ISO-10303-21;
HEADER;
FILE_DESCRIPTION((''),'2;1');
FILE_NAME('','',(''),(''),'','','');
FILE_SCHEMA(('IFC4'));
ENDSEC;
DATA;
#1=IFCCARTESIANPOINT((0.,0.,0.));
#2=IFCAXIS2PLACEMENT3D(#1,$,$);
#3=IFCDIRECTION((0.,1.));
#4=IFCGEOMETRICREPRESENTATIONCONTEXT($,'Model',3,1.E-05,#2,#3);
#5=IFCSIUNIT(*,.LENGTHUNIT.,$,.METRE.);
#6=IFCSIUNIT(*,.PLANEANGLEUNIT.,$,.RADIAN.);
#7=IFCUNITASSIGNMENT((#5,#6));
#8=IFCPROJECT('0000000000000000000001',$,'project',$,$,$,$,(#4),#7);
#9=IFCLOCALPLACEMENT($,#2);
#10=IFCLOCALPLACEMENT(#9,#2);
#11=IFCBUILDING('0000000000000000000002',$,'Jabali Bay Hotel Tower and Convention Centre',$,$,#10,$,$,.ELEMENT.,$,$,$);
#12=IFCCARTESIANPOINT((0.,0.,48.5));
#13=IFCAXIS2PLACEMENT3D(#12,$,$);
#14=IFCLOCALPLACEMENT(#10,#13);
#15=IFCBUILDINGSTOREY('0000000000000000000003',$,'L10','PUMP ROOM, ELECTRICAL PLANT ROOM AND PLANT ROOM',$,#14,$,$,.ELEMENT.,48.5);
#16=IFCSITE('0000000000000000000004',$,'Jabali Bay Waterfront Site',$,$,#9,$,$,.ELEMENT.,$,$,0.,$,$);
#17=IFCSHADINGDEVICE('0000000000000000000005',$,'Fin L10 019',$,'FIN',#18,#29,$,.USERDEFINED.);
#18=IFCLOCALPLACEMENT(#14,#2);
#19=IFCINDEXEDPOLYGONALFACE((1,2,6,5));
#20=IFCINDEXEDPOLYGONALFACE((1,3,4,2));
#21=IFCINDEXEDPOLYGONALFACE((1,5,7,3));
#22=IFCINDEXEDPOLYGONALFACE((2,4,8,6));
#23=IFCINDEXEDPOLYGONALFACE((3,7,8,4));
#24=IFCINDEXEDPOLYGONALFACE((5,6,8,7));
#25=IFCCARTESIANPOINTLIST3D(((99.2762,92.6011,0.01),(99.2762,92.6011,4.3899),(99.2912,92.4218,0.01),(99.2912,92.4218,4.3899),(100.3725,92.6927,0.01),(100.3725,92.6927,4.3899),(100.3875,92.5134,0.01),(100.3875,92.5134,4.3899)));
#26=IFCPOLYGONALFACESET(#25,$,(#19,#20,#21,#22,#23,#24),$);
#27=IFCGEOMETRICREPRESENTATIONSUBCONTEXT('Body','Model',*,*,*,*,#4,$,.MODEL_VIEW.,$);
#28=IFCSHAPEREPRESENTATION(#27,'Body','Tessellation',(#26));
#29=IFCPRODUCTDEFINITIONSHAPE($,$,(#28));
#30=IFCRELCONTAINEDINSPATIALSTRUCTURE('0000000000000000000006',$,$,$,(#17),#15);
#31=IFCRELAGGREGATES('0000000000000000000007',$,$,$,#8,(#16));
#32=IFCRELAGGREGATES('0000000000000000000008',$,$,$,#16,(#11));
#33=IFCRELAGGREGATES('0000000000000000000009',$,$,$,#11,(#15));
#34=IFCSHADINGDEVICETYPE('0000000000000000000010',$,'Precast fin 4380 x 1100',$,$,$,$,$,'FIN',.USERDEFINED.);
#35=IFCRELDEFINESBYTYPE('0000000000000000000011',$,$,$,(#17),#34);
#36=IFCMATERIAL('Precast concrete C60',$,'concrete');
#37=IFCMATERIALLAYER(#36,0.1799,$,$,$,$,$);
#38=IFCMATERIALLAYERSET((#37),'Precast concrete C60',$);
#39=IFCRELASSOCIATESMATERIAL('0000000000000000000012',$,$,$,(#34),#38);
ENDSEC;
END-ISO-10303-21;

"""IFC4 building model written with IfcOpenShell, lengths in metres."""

from ifc_helpers import new_model, si_unit, direction, frame, frame_2d, origin, place, context, subcontext, project, spatial, rectangle, extrude, material, layer, layer_set, type_object, element, save


model = new_model("IFC4")

# Units and contexts
model_context = context("Model", 3, precision=1e-05, world=origin(), true_north=direction((0.0, 1.0)))
body_context = subcontext(model_context, "Body", "Model", "MODEL_VIEW")
ifc_project = project(units=[si_unit("LENGTHUNIT", "METRE"), si_unit("PLANEANGLEUNIT", "RADIAN")], contexts=[model_context])

# Site, building, storey
site_placement = place(None, origin())
site = spatial("IfcSite", under=ifc_project, at=site_placement, Name="Jabali Bay Waterfront Site", CompositionType="ELEMENT", RefElevation=0.0)
building_placement = place(site_placement, origin())
building = spatial("IfcBuilding", under=site, at=building_placement, Name="Jabali Bay Hotel Tower and Convention Centre", CompositionType="ELEMENT")
storey_placement = place(building_placement, frame((0.0, 0.0, 48.5)))
storey = spatial("IfcBuildingStorey", under=building, at=storey_placement, Name="L10", Description="PUMP ROOM, ELECTRICAL PLANT ROOM AND PLANT ROOM", CompositionType="ELEMENT", Elevation=48.5)

# Shading device
ifc_material_1 = material(Name="Precast concrete C60", Category="concrete")
ifc_layer_1 = layer(ifc_material_1, 0.1799)
ifc_layer_set_1 = layer_set([ifc_layer_1], Name="Precast concrete C60")
shading_device_type = type_object("IfcShadingDeviceType", Name="Precast fin 4380 x 1100", ElementType="FIN", PredefinedType="USERDEFINED", material=ifc_layer_set_1)
shading_device_1_placement = place(storey_placement, frame((99.2837, 92.5115, 0.01), z_axis=(0.0, 0.0, 1.0), x_axis=(0.99653, 0.083229, 0.0)))
element("IfcShadingDevice", 1, at=shading_device_1_placement, inside=storey, type_object=shading_device_type, Name="Fin L10 019", ObjectType="FIN", PredefinedType="USERDEFINED", context=body_context, shape_type="SweptSolid", body=[
    extrude(rectangle(XDim=1.1001, YDim=0.1799, at=frame_2d((0.55, 0.0))), origin(), (0.0, 0.0, 1.0), 4.3799),
])

save(model, "model.ifc")
